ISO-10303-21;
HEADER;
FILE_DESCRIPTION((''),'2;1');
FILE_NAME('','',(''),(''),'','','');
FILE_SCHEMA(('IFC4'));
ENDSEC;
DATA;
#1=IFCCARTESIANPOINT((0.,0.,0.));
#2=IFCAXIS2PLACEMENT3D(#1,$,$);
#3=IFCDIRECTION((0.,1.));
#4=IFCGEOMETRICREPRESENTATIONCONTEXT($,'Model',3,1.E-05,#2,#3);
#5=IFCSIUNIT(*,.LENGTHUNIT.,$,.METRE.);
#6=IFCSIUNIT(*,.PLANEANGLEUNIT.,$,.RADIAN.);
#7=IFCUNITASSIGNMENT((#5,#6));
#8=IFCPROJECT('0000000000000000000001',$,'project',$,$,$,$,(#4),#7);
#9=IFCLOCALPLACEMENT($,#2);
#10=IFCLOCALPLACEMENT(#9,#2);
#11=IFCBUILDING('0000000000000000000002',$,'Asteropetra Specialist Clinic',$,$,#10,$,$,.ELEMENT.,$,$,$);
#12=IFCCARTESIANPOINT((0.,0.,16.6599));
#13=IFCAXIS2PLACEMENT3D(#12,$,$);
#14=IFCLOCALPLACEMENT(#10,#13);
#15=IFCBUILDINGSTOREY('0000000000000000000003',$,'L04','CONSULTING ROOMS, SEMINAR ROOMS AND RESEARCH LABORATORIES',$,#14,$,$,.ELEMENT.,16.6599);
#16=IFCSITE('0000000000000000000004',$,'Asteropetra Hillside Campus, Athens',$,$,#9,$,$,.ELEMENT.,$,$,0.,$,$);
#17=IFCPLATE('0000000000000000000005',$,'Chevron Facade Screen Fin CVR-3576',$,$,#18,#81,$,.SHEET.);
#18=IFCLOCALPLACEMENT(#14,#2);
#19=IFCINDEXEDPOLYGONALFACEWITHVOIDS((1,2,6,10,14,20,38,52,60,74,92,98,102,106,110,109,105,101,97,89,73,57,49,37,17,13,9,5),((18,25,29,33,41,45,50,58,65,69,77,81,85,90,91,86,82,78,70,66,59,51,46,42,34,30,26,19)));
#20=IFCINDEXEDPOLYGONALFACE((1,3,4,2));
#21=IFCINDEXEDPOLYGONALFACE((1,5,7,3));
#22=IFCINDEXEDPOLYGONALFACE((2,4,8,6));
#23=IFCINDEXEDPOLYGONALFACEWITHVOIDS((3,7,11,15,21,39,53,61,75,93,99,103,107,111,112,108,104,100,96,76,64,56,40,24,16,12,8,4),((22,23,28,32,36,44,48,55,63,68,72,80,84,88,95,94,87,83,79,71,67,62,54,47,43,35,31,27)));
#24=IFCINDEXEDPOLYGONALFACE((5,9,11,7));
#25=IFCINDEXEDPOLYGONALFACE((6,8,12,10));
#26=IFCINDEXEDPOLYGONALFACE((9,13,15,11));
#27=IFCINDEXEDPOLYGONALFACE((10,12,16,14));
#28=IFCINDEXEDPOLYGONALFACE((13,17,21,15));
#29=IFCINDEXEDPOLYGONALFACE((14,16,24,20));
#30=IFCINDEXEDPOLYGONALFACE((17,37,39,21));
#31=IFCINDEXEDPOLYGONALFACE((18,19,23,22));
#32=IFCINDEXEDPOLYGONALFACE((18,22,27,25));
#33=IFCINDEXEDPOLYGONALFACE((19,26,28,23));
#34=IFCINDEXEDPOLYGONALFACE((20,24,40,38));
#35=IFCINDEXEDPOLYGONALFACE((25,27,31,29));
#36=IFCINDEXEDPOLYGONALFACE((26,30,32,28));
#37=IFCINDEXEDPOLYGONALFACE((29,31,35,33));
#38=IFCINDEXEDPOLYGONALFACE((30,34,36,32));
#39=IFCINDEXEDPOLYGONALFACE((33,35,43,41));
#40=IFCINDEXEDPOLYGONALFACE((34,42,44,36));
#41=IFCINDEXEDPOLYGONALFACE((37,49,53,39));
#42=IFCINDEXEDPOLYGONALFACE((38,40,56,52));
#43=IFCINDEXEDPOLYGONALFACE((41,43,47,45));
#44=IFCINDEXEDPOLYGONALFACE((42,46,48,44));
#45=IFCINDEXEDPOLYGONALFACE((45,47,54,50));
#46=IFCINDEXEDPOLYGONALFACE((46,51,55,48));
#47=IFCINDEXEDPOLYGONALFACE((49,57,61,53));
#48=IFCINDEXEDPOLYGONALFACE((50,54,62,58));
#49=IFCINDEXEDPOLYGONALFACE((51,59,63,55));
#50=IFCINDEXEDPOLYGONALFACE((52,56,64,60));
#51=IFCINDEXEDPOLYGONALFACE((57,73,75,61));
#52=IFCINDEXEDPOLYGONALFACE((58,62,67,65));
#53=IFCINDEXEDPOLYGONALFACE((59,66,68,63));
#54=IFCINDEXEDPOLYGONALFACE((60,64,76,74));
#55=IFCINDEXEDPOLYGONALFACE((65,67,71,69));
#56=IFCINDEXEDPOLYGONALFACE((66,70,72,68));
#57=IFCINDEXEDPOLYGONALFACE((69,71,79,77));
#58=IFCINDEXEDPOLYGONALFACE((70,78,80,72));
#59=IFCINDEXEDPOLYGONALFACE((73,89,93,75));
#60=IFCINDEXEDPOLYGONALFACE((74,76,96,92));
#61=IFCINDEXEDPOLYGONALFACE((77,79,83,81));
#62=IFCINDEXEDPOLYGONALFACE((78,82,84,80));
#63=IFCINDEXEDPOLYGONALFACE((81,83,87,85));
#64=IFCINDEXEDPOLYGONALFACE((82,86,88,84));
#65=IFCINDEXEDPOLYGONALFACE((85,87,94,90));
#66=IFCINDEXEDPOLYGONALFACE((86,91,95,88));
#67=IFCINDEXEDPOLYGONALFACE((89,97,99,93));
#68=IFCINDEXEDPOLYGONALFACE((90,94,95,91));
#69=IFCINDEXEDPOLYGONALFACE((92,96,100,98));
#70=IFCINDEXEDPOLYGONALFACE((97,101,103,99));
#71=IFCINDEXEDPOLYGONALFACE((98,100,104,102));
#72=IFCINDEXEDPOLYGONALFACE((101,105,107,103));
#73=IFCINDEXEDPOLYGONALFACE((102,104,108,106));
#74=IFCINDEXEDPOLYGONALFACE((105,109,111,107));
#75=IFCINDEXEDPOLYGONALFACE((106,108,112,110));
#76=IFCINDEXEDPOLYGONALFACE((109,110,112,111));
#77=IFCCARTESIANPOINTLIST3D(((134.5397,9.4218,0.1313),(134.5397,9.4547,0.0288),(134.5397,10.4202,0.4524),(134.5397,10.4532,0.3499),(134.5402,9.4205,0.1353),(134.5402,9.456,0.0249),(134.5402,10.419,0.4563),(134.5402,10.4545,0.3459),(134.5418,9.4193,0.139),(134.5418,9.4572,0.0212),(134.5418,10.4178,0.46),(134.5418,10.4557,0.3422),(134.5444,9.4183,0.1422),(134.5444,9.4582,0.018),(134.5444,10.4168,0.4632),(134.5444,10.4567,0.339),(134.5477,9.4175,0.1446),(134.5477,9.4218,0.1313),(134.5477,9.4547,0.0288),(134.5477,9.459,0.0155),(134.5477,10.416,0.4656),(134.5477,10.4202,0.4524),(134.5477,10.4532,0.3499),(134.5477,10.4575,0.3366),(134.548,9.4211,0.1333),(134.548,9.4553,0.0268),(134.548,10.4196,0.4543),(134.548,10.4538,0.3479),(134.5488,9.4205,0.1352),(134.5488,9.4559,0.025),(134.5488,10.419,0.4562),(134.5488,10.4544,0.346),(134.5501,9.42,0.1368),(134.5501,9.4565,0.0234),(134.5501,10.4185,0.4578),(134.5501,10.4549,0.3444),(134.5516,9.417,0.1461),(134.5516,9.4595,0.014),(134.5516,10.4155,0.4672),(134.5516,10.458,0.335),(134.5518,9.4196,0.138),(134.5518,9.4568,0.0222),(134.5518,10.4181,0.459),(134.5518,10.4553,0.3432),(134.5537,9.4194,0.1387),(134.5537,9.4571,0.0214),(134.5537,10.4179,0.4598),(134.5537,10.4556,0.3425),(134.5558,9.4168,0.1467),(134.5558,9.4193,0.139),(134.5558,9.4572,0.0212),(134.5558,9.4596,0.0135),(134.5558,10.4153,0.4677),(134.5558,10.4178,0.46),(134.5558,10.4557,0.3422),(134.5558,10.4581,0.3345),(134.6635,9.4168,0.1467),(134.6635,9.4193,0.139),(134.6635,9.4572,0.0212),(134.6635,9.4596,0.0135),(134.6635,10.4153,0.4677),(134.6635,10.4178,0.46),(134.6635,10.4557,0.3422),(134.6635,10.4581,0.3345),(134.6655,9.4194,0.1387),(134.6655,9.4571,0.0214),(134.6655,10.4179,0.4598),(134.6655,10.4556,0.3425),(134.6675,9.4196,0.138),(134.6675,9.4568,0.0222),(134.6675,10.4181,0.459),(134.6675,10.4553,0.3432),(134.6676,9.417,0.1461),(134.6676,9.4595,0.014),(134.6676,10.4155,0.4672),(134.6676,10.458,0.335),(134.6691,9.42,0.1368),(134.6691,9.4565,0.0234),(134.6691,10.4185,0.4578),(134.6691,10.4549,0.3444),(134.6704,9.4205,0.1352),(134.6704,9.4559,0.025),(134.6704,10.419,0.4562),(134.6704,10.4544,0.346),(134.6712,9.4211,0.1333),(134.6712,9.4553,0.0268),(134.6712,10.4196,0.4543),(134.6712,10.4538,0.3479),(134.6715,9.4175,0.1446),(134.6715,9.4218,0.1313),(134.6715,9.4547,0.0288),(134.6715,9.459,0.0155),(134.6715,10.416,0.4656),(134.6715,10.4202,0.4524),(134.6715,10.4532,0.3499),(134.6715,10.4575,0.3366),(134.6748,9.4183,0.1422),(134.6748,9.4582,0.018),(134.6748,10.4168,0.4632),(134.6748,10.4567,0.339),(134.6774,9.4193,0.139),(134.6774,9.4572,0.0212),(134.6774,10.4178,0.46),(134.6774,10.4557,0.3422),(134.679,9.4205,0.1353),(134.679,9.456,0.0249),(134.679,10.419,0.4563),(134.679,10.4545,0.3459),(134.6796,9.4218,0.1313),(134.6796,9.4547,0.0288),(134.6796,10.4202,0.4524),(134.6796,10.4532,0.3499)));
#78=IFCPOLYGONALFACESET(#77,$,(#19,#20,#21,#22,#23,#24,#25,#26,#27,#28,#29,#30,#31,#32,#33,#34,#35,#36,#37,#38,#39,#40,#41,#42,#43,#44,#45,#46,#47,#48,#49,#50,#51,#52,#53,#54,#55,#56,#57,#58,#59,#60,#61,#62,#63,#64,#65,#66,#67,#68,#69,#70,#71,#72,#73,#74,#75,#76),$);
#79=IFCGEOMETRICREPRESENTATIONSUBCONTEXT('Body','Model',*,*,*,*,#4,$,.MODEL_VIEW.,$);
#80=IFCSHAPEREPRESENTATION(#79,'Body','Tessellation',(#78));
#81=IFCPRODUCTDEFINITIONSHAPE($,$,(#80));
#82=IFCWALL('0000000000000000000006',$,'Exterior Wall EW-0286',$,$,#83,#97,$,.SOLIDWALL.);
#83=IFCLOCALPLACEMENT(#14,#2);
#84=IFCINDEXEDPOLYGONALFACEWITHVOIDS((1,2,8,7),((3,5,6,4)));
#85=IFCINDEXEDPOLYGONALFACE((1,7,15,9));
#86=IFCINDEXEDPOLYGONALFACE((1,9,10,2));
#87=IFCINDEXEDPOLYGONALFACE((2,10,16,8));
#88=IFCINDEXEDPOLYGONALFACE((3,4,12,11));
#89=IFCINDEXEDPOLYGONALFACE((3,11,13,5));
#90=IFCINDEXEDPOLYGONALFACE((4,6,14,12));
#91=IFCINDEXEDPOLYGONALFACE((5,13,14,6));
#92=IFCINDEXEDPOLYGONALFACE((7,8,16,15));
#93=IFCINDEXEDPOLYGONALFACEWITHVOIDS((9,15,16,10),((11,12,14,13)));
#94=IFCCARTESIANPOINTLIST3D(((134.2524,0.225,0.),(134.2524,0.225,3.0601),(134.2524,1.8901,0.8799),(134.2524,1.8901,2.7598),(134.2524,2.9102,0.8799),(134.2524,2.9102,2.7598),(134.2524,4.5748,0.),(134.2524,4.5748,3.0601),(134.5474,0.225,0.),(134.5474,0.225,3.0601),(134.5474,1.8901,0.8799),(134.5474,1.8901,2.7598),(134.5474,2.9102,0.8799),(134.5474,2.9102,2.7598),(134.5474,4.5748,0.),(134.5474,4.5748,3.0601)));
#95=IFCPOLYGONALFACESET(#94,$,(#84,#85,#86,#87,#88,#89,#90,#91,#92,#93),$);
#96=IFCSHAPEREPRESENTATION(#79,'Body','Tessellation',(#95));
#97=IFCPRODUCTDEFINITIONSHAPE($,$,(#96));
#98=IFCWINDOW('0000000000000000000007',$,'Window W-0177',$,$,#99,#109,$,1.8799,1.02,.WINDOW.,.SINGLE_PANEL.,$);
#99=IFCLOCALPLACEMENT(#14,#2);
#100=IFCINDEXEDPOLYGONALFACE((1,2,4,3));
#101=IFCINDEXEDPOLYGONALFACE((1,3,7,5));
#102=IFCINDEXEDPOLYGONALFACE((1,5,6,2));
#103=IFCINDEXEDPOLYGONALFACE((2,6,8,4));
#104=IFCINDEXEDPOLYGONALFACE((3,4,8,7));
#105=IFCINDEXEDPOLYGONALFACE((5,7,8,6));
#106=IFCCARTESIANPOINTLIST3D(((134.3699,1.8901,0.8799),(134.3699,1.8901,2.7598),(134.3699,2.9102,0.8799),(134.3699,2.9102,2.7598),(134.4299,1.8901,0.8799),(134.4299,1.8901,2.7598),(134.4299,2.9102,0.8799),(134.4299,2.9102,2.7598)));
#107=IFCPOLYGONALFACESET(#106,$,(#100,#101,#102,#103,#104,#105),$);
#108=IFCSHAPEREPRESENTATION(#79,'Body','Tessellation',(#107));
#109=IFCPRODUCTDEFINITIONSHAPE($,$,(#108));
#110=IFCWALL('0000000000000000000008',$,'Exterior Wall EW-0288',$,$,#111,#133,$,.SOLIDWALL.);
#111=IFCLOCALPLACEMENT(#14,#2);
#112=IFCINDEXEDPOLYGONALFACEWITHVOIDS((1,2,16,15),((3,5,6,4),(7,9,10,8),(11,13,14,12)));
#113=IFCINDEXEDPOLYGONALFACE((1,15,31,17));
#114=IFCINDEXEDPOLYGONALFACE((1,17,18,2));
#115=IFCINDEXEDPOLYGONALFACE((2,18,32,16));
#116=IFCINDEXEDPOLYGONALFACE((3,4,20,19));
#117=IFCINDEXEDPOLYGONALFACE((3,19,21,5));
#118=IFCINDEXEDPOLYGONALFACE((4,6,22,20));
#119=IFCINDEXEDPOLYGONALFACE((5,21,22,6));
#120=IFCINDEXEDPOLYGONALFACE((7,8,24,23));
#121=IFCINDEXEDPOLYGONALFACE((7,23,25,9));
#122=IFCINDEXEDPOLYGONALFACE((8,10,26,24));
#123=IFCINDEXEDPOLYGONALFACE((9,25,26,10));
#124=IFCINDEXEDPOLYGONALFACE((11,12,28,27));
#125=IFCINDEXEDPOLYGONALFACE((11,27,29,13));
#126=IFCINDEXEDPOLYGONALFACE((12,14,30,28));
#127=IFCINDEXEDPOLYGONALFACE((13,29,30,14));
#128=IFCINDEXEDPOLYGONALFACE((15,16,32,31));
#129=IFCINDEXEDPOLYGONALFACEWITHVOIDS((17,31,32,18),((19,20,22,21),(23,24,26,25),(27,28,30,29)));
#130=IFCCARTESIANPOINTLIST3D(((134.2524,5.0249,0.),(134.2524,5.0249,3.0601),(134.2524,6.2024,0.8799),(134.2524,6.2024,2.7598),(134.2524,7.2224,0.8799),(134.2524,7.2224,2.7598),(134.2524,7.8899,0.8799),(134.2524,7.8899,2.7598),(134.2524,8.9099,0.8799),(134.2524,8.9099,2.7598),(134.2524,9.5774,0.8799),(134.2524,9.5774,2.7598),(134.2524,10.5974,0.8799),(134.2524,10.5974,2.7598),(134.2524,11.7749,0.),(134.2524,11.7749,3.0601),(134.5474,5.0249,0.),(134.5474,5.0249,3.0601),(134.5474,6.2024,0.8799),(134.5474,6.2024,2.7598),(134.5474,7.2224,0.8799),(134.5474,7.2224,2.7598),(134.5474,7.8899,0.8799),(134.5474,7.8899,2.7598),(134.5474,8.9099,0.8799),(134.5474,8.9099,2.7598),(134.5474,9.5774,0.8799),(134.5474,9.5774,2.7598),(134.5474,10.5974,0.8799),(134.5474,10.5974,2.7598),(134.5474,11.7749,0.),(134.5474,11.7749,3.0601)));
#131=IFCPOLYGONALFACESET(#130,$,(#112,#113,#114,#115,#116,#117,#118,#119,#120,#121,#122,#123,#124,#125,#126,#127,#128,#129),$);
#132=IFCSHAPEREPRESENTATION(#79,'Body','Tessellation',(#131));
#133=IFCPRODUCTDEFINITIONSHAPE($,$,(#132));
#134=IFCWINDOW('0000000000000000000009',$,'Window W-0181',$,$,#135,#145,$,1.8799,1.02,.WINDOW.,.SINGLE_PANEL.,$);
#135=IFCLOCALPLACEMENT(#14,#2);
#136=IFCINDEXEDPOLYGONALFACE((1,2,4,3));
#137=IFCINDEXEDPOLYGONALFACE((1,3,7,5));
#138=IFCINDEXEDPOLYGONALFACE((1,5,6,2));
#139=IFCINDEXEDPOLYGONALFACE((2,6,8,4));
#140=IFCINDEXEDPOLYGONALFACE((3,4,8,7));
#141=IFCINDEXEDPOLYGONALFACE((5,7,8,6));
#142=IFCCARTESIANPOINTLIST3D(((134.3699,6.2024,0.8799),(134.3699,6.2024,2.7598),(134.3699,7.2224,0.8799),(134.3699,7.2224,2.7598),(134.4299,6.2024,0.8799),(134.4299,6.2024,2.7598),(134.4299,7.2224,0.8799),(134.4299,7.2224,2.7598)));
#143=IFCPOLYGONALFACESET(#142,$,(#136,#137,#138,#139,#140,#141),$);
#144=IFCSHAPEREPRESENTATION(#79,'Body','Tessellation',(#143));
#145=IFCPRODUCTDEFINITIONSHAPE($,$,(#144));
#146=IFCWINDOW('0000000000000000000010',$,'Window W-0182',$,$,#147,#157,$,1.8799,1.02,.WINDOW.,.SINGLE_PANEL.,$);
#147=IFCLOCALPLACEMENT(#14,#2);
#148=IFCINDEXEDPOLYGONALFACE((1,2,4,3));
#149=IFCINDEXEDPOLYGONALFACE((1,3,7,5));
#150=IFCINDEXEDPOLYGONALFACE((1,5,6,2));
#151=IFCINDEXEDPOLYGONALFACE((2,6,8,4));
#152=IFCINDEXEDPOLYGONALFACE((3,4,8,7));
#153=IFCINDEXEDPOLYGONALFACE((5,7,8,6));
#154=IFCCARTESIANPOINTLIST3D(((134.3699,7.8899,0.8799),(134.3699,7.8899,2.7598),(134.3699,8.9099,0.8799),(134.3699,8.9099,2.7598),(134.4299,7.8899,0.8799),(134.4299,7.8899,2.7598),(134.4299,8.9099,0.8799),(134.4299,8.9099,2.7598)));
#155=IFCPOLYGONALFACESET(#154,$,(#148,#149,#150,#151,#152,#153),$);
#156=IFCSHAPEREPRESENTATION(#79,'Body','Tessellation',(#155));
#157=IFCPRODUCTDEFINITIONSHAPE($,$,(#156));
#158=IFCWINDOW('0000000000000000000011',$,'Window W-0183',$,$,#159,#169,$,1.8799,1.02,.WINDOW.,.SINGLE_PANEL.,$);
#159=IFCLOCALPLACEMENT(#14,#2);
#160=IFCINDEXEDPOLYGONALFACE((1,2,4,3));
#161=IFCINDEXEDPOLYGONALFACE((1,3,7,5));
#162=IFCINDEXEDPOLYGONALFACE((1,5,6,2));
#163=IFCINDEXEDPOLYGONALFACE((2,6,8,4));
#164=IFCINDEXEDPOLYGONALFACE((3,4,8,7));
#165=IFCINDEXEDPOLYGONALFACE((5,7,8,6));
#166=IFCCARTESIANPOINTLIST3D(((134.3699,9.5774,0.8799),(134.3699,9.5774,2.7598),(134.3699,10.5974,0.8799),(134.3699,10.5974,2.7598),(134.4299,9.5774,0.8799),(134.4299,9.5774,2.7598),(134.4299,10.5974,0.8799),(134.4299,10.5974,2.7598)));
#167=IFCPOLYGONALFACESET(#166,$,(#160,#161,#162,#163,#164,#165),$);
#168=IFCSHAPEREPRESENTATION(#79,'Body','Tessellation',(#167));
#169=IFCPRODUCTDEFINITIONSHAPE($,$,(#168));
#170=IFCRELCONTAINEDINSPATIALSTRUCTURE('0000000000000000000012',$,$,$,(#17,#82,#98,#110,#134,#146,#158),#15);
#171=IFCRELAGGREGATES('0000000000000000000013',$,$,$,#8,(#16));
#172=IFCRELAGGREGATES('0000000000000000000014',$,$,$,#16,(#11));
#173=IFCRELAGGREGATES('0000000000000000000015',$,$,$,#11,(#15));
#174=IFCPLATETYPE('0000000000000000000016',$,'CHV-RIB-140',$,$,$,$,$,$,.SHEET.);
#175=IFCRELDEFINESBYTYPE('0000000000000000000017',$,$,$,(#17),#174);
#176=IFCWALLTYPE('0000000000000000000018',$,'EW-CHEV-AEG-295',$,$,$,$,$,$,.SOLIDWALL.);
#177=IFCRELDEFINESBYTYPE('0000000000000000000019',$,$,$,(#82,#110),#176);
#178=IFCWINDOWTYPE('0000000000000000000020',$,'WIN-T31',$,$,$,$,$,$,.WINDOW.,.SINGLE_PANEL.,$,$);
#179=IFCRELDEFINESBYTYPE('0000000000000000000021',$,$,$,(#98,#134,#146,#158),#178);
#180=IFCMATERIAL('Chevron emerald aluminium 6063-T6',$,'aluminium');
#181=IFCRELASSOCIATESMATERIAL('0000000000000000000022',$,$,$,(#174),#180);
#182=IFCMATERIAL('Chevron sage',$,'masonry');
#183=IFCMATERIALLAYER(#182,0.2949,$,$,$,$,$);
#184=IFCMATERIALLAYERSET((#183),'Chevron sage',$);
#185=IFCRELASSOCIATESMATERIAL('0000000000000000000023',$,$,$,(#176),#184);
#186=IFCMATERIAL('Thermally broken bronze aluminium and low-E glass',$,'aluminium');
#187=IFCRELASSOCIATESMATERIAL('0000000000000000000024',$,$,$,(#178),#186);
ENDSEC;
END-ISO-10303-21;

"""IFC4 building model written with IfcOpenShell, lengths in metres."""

from ifc_helpers import new_model, si_unit, direction, frame, frame_2d, origin, origin_2d, place, context, subcontext, project, spatial, rectangle, hollow_rectangle, extrude, material, layer, layer_set, material_profile, profile_set, type_object, element, fill, save


model = new_model("IFC4")

# Units and contexts
model_context = context("Model", 3, precision=1e-05, world=origin(), true_north=direction((0.0, 1.0)))
body_context = subcontext(model_context, "Body", "Model", "MODEL_VIEW")
ifc_project = project(units=[si_unit("LENGTHUNIT", "METRE"), si_unit("PLANEANGLEUNIT", "RADIAN")], contexts=[model_context])

# Site, building, storey
site_placement = place(None, origin())
site = spatial("IfcSite", under=ifc_project, at=site_placement, Name="Asteropetra Hillside Campus, Athens", CompositionType="ELEMENT", RefElevation=0.0)
building_placement = place(site_placement, origin())
building = spatial("IfcBuilding", under=site, at=building_placement, Name="Asteropetra Specialist Clinic", CompositionType="ELEMENT")
storey_placement = place(building_placement, frame((0.0, 0.0, 16.6599)))
storey = spatial("IfcBuildingStorey", under=building, at=storey_placement, Name="L04", Description="CONSULTING ROOMS, SEMINAR ROOMS AND RESEARCH LABORATORIES", CompositionType="ELEMENT", Elevation=16.6599)

# Plate
ifc_material_1 = material(Name="Chevron emerald aluminium 6063-T6", Category="aluminium")
ifc_material_profile_1 = material_profile(ifc_material_1, hollow_rectangle(XDim=0.1399, YDim=0.1399, WallThickness=0.0081, InnerFilletRadius=0.0081, OuterFilletRadius=0.0161, at=origin_2d()), Name="SHS 140x140x8.0")
ifc_profile_set_1 = profile_set([ifc_material_profile_1], Name="Chevron emerald aluminium 6063-T6")
plate_type = type_object("IfcPlateType", Name="CHV-RIB-140", PredefinedType="SHEET", material=ifc_profile_set_1)
for number, where, z_axis, x_axis, name in (
    (1, (134.6096, 9.4382, 0.0801), (0.0, 0.952004, 0.306085), (-1.0, 0.0, 0.0), "Chevron Facade Screen Fin CVR-3576"),
):
    element("IfcPlate", number, at=place(storey_placement, frame(where, z_axis=z_axis, x_axis=x_axis)), inside=storey, type_object=plate_type, Name=name, PredefinedType="SHEET", context=body_context, shape_type="SweptSolid", body=[
        extrude(hollow_rectangle(XDim=0.1399, YDim=0.1399, WallThickness=0.0081, InnerFilletRadius=0.0081, OuterFilletRadius=0.0161, at=origin_2d()), origin(), (0.0, 0.0, 1.0), 1.0488),
    ])

# Wall, opening, window
ifc_material_2 = material(Name="Chevron sage", Category="masonry")
ifc_layer_1 = layer(ifc_material_2, 0.2949)
ifc_layer_set_1 = layer_set([ifc_layer_1], Name="Chevron sage")
wall_type = type_object("IfcWallType", Name="EW-CHEV-AEG-295", PredefinedType="SOLIDWALL", material=ifc_layer_set_1)
wall_1_placement = place(storey_placement, frame((134.3999, 0.2251, 0.0), z_axis=(0.0, 0.0, 1.0), x_axis=(0.0, 1.0, 0.0)))
wall_1 = element("IfcWall", 2, at=wall_1_placement, inside=storey, type_object=wall_type, Name="Exterior Wall EW-0286", PredefinedType="SOLIDWALL", context=body_context, shape_type="SweptSolid", body=[
    extrude(rectangle(XDim=4.3499, YDim=0.2949, at=frame_2d((2.1748, 0.0))), origin(), (0.0, 0.0, 1.0), 3.0601),
])
opening_1_placement = place(wall_1_placement, frame((1.665, 0.0, 0.8799)))
opening_1 = element("IfcOpeningElement", 3, at=opening_1_placement, cuts=wall_1, PredefinedType="OPENING", context=body_context, shape_type="SweptSolid", body=[
    extrude(rectangle(XDim=1.02, YDim=1.8799, at=frame_2d((0.51, 0.9399))), frame((0.0, 0.1575, 0.0), z_axis=(0.0, -1.0, 0.0), x_axis=(1.0, 0.0, 0.0)), (0.0, 0.0, 1.0), 0.3149),
])
ifc_material_3 = material(Name="Thermally broken bronze aluminium and low-E glass", Category="aluminium")
window_type = type_object("IfcWindowType", Name="WIN-T31", PartitioningType="SINGLE_PANEL", PredefinedType="WINDOW", material=ifc_material_3)
window_1_placement = place(opening_1_placement, origin())
window_1 = element("IfcWindow", 4, at=window_1_placement, inside=storey, type_object=window_type, Name="Window W-0177", OverallHeight=1.8799, OverallWidth=1.02, PartitioningType="SINGLE_PANEL", PredefinedType="WINDOW", context=body_context, shape_type="SweptSolid", body=[
    extrude(rectangle(XDim=1.02, YDim=1.8799, at=frame_2d((0.51, 0.9399))), frame((0.0, 0.03, 0.0), z_axis=(0.0, -1.0, 0.0), x_axis=(1.0, 0.0, 0.0)), (0.0, 0.0, 1.0), 0.0601),
])
fill(opening_1, window_1)

# Wall, openings, windows
wall_2_placement = place(storey_placement, frame((134.3999, 5.0249, 0.0), z_axis=(0.0, 0.0, 1.0), x_axis=(0.0, 1.0, 0.0)))
wall_2 = element("IfcWall", 5, at=wall_2_placement, inside=storey, type_object=wall_type, Name="Exterior Wall EW-0288", PredefinedType="SOLIDWALL", context=body_context, shape_type="SweptSolid", body=[
    extrude(rectangle(XDim=6.75, YDim=0.2949, at=frame_2d((3.375, 0.0))), origin(), (0.0, 0.0, 1.0), 3.0601),
])
opening_2_placement = place(wall_2_placement, frame((1.1775, 0.0, 0.8799)))
opening_2 = element("IfcOpeningElement", 6, at=opening_2_placement, cuts=wall_2, PredefinedType="OPENING", context=body_context, shape_type="SweptSolid", body=[
    extrude(rectangle(XDim=1.02, YDim=1.8799, at=frame_2d((0.51, 0.9399))), frame((0.0, 0.1575, 0.0), z_axis=(0.0, -1.0, 0.0), x_axis=(1.0, 0.0, 0.0)), (0.0, 0.0, 1.0), 0.3149),
])
opening_3_placement = place(wall_2_placement, frame((2.865, 0.0, 0.8799)))
opening_3 = element("IfcOpeningElement", 7, at=opening_3_placement, cuts=wall_2, PredefinedType="OPENING", context=body_context, shape_type="SweptSolid", body=[
    extrude(rectangle(XDim=1.02, YDim=1.8799, at=frame_2d((0.51, 0.9399))), frame((0.0, 0.1575, 0.0), z_axis=(0.0, -1.0, 0.0), x_axis=(1.0, 0.0, 0.0)), (0.0, 0.0, 1.0), 0.3149),
])
opening_4_placement = place(wall_2_placement, frame((4.5525, 0.0, 0.8799)))
opening_4 = element("IfcOpeningElement", 8, at=opening_4_placement, cuts=wall_2, PredefinedType="OPENING", context=body_context, shape_type="SweptSolid", body=[
    extrude(rectangle(XDim=1.02, YDim=1.8799, at=frame_2d((0.51, 0.9399))), frame((0.0, 0.1575, 0.0), z_axis=(0.0, -1.0, 0.0), x_axis=(1.0, 0.0, 0.0)), (0.0, 0.0, 1.0), 0.3149),
])
window_2_placement = place(opening_2_placement, origin())
window_2 = element("IfcWindow", 9, at=window_2_placement, inside=storey, type_object=window_type, Name="Window W-0181", OverallHeight=1.8799, OverallWidth=1.02, PartitioningType="SINGLE_PANEL", PredefinedType="WINDOW", context=body_context, shape_type="SweptSolid", body=[
    extrude(rectangle(XDim=1.02, YDim=1.8799, at=frame_2d((0.51, 0.9399))), frame((0.0, 0.03, 0.0), z_axis=(0.0, -1.0, 0.0), x_axis=(1.0, 0.0, 0.0)), (0.0, 0.0, 1.0), 0.0601),
])
fill(opening_2, window_2)
window_3_placement = place(opening_3_placement, origin())
window_3 = element("IfcWindow", 10, at=window_3_placement, inside=storey, type_object=window_type, Name="Window W-0182", OverallHeight=1.8799, OverallWidth=1.02, PartitioningType="SINGLE_PANEL", PredefinedType="WINDOW", context=body_context, shape_type="SweptSolid", body=[
    extrude(rectangle(XDim=1.02, YDim=1.8799, at=frame_2d((0.51, 0.9399))), frame((0.0, 0.03, 0.0), z_axis=(0.0, -1.0, 0.0), x_axis=(1.0, 0.0, 0.0)), (0.0, 0.0, 1.0), 0.0601),
])
fill(opening_3, window_3)
window_4_placement = place(opening_4_placement, origin())
window_4 = element("IfcWindow", 11, at=window_4_placement, inside=storey, type_object=window_type, Name="Window W-0183", OverallHeight=1.8799, OverallWidth=1.02, PartitioningType="SINGLE_PANEL", PredefinedType="WINDOW", context=body_context, shape_type="SweptSolid", body=[
    extrude(rectangle(XDim=1.02, YDim=1.8799, at=frame_2d((0.51, 0.9399))), frame((0.0, 0.03, 0.0), z_axis=(0.0, -1.0, 0.0), x_axis=(1.0, 0.0, 0.0)), (0.0, 0.0, 1.0), 0.0601),
])
fill(opening_4, window_4)

save(model, "model.ifc")
